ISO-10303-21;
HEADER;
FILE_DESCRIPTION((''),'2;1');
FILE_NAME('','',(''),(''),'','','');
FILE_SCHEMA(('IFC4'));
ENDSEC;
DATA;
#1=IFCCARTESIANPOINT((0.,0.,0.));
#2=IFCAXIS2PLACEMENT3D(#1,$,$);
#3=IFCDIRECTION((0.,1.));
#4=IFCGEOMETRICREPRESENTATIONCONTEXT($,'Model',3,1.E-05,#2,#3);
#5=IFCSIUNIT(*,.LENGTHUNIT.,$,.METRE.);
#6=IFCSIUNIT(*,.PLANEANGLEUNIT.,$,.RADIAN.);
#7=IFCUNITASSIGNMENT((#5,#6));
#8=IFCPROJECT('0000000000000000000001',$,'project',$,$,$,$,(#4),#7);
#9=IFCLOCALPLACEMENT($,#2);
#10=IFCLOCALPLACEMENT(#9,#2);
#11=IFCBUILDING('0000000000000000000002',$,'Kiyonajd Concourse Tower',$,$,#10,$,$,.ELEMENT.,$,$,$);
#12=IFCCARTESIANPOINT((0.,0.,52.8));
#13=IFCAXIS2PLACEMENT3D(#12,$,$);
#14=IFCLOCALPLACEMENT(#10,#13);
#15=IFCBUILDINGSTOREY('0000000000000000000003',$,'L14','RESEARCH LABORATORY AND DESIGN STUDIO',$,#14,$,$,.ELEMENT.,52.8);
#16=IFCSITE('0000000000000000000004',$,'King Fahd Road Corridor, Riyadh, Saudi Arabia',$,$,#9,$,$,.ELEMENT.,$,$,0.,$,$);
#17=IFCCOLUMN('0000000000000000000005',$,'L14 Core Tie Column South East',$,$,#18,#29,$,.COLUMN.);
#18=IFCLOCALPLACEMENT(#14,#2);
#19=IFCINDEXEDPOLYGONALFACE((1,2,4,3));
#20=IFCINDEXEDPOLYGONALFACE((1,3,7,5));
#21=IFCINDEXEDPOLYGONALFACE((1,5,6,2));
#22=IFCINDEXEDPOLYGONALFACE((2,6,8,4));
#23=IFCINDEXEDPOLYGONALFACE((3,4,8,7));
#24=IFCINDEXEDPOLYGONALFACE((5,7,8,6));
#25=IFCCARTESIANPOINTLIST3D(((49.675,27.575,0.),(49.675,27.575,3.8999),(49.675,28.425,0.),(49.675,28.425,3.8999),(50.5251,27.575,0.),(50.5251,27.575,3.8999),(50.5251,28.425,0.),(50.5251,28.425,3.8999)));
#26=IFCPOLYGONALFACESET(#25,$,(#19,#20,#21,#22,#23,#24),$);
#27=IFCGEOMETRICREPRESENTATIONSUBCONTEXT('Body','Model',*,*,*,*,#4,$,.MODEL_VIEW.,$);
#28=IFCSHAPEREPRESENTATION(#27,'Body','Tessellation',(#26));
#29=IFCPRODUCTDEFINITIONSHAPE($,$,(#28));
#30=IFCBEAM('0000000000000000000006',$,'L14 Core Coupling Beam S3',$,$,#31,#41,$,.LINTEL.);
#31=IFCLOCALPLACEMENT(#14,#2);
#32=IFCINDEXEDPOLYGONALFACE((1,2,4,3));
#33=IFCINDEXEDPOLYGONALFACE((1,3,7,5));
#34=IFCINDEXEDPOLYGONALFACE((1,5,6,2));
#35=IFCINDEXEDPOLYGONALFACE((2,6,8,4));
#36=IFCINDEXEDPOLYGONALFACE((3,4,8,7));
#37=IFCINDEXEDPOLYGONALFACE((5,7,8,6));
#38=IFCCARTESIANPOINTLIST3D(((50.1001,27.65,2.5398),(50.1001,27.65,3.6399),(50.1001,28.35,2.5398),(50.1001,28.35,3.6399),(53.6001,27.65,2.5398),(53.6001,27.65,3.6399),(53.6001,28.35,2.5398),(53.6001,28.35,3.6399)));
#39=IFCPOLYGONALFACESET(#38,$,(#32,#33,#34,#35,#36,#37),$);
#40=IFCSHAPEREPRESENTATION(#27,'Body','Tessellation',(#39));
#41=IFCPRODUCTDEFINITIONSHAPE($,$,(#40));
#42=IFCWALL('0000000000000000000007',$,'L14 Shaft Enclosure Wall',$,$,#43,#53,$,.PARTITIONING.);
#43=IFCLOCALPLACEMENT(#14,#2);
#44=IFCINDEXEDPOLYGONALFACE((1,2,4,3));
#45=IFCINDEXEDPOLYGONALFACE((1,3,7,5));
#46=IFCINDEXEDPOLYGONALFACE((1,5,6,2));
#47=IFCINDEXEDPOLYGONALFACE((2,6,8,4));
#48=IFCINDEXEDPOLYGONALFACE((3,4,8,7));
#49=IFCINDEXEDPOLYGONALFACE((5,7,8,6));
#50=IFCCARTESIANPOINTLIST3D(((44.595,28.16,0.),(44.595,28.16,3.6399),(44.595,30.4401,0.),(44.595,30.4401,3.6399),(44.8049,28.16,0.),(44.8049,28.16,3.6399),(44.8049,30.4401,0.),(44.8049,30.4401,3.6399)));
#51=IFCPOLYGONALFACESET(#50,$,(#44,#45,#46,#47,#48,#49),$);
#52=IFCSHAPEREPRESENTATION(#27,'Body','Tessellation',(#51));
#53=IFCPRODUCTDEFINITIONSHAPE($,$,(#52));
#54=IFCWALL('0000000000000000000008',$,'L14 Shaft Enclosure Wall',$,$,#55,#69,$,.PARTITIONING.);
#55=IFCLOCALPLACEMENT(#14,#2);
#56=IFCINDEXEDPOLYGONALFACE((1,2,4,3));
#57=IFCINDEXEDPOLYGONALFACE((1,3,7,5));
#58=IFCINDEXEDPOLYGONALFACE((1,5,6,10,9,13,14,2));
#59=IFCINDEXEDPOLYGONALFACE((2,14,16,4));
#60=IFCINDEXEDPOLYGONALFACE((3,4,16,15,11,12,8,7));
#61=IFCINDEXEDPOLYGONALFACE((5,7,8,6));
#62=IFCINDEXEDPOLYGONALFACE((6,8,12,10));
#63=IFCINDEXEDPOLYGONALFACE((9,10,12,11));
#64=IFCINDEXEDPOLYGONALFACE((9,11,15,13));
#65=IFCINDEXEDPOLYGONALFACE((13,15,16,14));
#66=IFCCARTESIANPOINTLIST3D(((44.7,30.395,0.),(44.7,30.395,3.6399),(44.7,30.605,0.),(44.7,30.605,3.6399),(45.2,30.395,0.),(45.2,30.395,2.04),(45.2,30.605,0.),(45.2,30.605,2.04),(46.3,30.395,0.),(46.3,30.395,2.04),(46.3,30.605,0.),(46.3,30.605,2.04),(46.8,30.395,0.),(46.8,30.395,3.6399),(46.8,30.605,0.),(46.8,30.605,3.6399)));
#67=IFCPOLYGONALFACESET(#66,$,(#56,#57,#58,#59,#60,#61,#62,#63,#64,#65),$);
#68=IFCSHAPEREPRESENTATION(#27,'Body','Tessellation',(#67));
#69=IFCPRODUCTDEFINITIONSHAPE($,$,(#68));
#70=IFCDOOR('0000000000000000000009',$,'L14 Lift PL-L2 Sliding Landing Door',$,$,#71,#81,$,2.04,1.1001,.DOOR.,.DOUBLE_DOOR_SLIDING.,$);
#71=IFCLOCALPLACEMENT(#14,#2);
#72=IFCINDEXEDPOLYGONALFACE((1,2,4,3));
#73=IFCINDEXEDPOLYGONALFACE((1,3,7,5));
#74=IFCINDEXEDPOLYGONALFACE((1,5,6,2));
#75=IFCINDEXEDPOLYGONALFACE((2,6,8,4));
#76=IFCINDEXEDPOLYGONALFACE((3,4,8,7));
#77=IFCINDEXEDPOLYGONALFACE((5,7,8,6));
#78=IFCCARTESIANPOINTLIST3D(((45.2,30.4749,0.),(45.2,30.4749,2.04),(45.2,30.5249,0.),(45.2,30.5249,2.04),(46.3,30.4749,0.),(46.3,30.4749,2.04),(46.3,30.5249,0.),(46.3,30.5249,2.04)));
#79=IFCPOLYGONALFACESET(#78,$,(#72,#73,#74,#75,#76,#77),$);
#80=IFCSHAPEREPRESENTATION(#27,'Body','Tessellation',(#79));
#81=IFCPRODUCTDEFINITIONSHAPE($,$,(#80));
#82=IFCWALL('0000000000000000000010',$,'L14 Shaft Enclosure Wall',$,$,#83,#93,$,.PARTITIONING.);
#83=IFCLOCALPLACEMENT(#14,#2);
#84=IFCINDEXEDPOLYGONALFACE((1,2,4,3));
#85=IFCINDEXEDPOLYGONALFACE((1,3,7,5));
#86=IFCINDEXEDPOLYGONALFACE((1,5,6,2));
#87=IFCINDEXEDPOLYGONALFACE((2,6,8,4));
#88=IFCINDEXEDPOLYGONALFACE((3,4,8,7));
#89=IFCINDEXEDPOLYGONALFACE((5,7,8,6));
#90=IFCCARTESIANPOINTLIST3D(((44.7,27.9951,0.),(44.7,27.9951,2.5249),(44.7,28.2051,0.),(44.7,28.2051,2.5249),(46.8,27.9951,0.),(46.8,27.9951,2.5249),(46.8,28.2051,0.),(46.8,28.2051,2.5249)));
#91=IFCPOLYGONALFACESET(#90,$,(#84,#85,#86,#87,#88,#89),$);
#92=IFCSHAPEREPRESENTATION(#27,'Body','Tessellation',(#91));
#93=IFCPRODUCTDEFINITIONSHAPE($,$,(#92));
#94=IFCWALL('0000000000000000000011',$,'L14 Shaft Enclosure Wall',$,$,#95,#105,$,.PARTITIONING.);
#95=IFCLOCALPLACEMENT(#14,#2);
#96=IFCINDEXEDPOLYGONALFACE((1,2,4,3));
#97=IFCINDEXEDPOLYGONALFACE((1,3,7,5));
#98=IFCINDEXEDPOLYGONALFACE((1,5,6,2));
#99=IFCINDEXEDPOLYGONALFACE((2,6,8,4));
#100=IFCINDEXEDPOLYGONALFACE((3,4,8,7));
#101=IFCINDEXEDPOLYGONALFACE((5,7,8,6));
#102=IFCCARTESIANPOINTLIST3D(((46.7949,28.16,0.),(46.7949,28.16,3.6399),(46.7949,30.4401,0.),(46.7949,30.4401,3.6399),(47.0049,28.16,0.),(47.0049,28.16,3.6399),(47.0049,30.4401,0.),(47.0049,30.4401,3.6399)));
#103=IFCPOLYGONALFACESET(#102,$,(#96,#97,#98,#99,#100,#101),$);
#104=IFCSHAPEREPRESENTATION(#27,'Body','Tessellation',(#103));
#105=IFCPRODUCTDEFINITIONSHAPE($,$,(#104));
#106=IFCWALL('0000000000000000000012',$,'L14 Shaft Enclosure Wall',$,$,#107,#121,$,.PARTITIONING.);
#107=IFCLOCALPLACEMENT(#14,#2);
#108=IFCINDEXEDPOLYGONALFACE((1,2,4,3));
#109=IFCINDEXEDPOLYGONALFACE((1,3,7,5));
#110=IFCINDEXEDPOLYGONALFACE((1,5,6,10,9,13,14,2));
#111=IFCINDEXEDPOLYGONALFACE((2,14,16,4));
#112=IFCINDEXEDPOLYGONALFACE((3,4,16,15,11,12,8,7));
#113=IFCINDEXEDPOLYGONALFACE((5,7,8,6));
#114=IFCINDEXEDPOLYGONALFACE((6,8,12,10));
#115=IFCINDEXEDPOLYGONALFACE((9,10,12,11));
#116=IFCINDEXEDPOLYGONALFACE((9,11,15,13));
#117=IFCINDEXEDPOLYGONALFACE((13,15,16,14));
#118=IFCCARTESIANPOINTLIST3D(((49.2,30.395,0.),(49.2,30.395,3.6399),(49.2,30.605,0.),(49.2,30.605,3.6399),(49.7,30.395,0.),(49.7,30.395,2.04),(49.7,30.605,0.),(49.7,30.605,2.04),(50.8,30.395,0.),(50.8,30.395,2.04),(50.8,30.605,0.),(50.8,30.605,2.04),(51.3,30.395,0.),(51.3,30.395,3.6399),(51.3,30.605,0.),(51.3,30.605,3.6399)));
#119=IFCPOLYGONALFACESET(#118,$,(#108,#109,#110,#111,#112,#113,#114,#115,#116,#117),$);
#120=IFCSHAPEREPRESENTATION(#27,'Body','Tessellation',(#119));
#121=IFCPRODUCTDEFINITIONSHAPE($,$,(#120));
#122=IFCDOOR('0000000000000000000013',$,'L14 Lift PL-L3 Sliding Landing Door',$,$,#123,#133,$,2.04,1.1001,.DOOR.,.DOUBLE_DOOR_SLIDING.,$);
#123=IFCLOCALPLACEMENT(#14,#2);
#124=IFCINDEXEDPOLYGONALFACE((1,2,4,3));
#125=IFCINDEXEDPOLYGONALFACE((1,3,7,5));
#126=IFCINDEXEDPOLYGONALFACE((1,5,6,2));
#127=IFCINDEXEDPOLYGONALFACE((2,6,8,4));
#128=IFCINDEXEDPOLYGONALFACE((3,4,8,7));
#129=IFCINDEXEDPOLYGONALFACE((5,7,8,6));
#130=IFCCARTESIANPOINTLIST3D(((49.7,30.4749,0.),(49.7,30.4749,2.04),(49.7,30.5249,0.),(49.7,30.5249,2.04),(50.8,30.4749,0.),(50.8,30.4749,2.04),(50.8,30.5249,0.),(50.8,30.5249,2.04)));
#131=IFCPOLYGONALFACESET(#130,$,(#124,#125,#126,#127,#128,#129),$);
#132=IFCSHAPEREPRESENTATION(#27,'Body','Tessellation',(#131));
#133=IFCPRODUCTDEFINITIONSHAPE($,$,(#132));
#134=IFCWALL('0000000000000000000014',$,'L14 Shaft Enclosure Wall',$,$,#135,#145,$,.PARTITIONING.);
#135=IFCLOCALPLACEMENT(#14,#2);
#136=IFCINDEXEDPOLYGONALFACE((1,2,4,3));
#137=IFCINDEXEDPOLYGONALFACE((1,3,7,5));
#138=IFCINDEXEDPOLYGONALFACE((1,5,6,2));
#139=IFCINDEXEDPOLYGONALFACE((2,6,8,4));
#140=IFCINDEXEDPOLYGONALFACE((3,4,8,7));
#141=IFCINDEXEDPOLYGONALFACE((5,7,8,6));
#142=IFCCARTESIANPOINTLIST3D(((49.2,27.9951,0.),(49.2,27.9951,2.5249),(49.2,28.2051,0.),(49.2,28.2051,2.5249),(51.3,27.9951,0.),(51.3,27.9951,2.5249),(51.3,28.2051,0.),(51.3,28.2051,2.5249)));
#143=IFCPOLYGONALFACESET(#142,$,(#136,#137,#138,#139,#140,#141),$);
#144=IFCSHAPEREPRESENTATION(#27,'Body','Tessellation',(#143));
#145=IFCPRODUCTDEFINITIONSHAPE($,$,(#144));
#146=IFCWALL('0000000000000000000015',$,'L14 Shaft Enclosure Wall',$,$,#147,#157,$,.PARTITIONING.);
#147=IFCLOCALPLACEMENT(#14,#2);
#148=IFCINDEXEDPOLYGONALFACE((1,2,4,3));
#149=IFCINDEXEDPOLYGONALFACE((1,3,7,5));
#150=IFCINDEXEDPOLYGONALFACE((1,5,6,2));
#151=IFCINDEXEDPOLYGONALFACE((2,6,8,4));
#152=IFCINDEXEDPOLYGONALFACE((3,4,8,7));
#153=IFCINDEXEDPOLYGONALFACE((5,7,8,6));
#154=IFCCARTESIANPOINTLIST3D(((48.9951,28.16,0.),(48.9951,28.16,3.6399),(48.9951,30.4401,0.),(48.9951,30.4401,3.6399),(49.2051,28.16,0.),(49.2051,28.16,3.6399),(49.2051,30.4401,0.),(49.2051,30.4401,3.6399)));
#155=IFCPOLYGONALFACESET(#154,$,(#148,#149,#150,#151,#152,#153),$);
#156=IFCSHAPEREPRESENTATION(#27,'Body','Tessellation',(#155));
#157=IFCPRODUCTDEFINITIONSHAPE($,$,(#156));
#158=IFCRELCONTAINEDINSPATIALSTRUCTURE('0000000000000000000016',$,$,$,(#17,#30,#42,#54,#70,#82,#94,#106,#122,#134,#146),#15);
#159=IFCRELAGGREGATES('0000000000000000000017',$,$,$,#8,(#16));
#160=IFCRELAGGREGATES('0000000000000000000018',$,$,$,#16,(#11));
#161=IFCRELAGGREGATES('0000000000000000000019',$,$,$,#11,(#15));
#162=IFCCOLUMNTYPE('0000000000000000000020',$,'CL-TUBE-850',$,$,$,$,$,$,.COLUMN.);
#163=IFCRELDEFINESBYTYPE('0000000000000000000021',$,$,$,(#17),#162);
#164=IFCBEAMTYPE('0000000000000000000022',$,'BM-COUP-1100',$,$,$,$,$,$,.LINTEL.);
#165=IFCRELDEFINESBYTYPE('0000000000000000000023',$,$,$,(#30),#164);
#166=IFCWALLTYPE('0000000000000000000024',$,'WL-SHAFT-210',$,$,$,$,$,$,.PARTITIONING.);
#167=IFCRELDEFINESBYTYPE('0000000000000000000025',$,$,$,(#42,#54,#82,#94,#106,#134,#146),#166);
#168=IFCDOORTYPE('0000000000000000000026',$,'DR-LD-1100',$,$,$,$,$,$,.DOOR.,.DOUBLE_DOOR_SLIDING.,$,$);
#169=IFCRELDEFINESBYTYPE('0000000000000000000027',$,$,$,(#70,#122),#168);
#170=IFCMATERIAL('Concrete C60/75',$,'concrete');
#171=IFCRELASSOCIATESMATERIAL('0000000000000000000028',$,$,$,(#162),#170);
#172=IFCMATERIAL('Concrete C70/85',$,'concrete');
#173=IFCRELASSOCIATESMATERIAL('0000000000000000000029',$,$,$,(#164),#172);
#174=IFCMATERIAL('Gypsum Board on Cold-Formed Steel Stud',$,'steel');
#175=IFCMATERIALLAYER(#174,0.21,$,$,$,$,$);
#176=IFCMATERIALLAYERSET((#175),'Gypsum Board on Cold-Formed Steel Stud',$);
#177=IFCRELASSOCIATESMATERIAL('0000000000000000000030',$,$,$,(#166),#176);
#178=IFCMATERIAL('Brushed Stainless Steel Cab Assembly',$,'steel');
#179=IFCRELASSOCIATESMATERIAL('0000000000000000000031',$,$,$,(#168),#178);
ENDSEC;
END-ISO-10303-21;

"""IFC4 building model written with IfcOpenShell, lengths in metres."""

from ifc_helpers import new_model, si_unit, direction, frame, frame_2d, origin, origin_2d, place, context, subcontext, project, spatial, rectangle, extrude, material, layer, layer_set, material_profile, profile_set, type_object, element, fill, save


model = new_model("IFC4")

# Units and contexts
model_context = context("Model", 3, precision=1e-05, world=origin(), true_north=direction((0.0, 1.0)))
body_context = subcontext(model_context, "Body", "Model", "MODEL_VIEW")
ifc_project = project(units=[si_unit("LENGTHUNIT", "METRE"), si_unit("PLANEANGLEUNIT", "RADIAN")], contexts=[model_context])

# Site, building, storey
site_placement = place(None, origin())
site = spatial("IfcSite", under=ifc_project, at=site_placement, Name="King Fahd Road Corridor, Riyadh, Saudi Arabia", CompositionType="ELEMENT", RefElevation=0.0)
building_placement = place(site_placement, origin())
building = spatial("IfcBuilding", under=site, at=building_placement, Name="Kiyonajd Concourse Tower", CompositionType="ELEMENT")
storey_placement = place(building_placement, frame((0.0, 0.0, 52.8)))
storey = spatial("IfcBuildingStorey", under=building, at=storey_placement, Name="L14", Description="RESEARCH LABORATORY AND DESIGN STUDIO", CompositionType="ELEMENT", Elevation=52.8)

# Column
ifc_material_1 = material(Name="Concrete C60/75", Category="concrete")
ifc_material_profile_1 = material_profile(ifc_material_1, rectangle(XDim=0.8501, YDim=0.8501, at=origin_2d()), Name="RC-850x850")
ifc_profile_set_1 = profile_set([ifc_material_profile_1], Name="Concrete C60/75")
column_type = type_object("IfcColumnType", Name="CL-TUBE-850", PredefinedType="COLUMN", material=ifc_profile_set_1)
column_placement = place(storey_placement, frame((50.1001, 28.0, 0.0), z_axis=(0.0, 0.0, 1.0), x_axis=(1.0, 0.0, 0.0)))
element("IfcColumn", 1, at=column_placement, inside=storey, type_object=column_type, Name="L14 Core Tie Column South East", PredefinedType="COLUMN", context=body_context, shape_type="SweptSolid", body=[
    extrude(rectangle(XDim=0.8501, YDim=0.8501, at=origin_2d()), origin(), (0.0, 0.0, 1.0), 3.8999),
])

# Beam
ifc_material_2 = material(Name="Concrete C70/85", Category="concrete")
ifc_material_profile_2 = material_profile(ifc_material_2, rectangle(XDim=0.7, YDim=1.1001, at=origin_2d()), Name="RCBM-700x1100")
ifc_profile_set_2 = profile_set([ifc_material_profile_2], Name="Concrete C70/85")
beam_type = type_object("IfcBeamType", Name="BM-COUP-1100", PredefinedType="LINTEL", material=ifc_profile_set_2)
beam_placement = place(storey_placement, frame((50.1001, 28.0, 3.0898), z_axis=(1.0, 0.0, 0.0), x_axis=(0.0, 1.0, 0.0)))
element("IfcBeam", 2, at=beam_placement, inside=storey, type_object=beam_type, Name="L14 Core Coupling Beam S3", PredefinedType="LINTEL", context=body_context, shape_type="SweptSolid", body=[
    extrude(rectangle(XDim=0.7, YDim=1.1001, at=origin_2d()), origin(), (0.0, 0.0, 1.0), 3.5),
])

# Wall
ifc_material_3 = material(Name="Gypsum Board on Cold-Formed Steel Stud", Category="steel")
ifc_layer_1 = layer(ifc_material_3, 0.21)
ifc_layer_set_1 = layer_set([ifc_layer_1], Name="Gypsum Board on Cold-Formed Steel Stud")
wall_type_1 = type_object("IfcWallType", Name="WL-SHAFT-210", PredefinedType="PARTITIONING", material=ifc_layer_set_1)
wall_1_placement = place(storey_placement, frame((44.7, 28.1599, 0.0), z_axis=(0.0, 0.0, 1.0), x_axis=(0.0, 1.0, 0.0)))
element("IfcWall", 3, at=wall_1_placement, inside=storey, type_object=wall_type_1, Name="L14 Shaft Enclosure Wall", PredefinedType="PARTITIONING", context=body_context, shape_type="SweptSolid", body=[
    extrude(rectangle(XDim=2.28, YDim=0.21, at=frame_2d((1.1401, 0.0))), origin(), (0.0, 0.0, 1.0), 3.6399),
])

# Wall, opening, door
wall_2_placement = place(storey_placement, frame((44.7, 30.5, 0.0), z_axis=(0.0, 0.0, 1.0), x_axis=(1.0, 0.0, 0.0)))
wall_2 = element("IfcWall", 4, at=wall_2_placement, inside=storey, type_object=wall_type_1, Name="L14 Shaft Enclosure Wall", PredefinedType="PARTITIONING", context=body_context, shape_type="SweptSolid", body=[
    extrude(rectangle(XDim=2.1001, YDim=0.21, at=frame_2d((1.05, 0.0))), origin(), (0.0, 0.0, 1.0), 3.6399),
])
opening_1_placement = place(wall_2_placement, frame((0.5, 0.0, 0.0)))
opening_1 = element("IfcOpeningElement", 5, at=opening_1_placement, cuts=wall_2, PredefinedType="OPENING", context=body_context, shape_type="SweptSolid", body=[
    extrude(rectangle(XDim=1.1001, YDim=2.04, at=frame_2d((0.55, 1.02))), frame((0.0, 0.115, 0.0), z_axis=(0.0, -1.0, 0.0), x_axis=(1.0, 0.0, 0.0)), (0.0, 0.0, 1.0), 0.23),
])
ifc_material_4 = material(Name="Brushed Stainless Steel Cab Assembly", Category="steel")
door_type_1 = type_object("IfcDoorType", Name="DR-LD-1100", OperationType="DOUBLE_DOOR_SLIDING", PredefinedType="DOOR", material=ifc_material_4)
door_1_placement = place(opening_1_placement, origin())
door_1 = element("IfcDoor", 6, at=door_1_placement, inside=storey, type_object=door_type_1, Name="L14 Lift PL-L2 Sliding Landing Door", OperationType="DOUBLE_DOOR_SLIDING", OverallHeight=2.04, OverallWidth=1.1001, PredefinedType="DOOR", context=body_context, shape_type="SweptSolid", body=[
    extrude(rectangle(XDim=1.1001, YDim=2.04, at=frame_2d((0.55, 1.02))), frame((0.0, 0.0249, 0.0), z_axis=(0.0, -1.0, 0.0), x_axis=(1.0, 0.0, 0.0)), (0.0, 0.0, 1.0), 0.05),
])
fill(opening_1, door_1)

# Walls
wall_3_placement = place(storey_placement, frame((44.7, 28.1001, 0.0), z_axis=(0.0, 0.0, 1.0), x_axis=(1.0, 0.0, 0.0)))
element("IfcWall", 7, at=wall_3_placement, inside=storey, type_object=wall_type_1, Name="L14 Shaft Enclosure Wall", PredefinedType="PARTITIONING", context=body_context, shape_type="SweptSolid", body=[
    extrude(rectangle(XDim=2.1001, YDim=0.21, at=frame_2d((1.05, 0.0))), origin(), (0.0, 0.0, 1.0), 2.5249),
])
wall_4_placement = place(storey_placement, frame((46.8999, 28.1599, 0.0), z_axis=(0.0, 0.0, 1.0), x_axis=(0.0, 1.0, 0.0)))
element("IfcWall", 8, at=wall_4_placement, inside=storey, type_object=wall_type_1, Name="L14 Shaft Enclosure Wall", PredefinedType="PARTITIONING", context=body_context, shape_type="SweptSolid", body=[
    extrude(rectangle(XDim=2.28, YDim=0.21, at=frame_2d((1.1401, 0.0))), origin(), (0.0, 0.0, 1.0), 3.6399),
])

# Wall, opening, door
wall_5_placement = place(storey_placement, frame((49.2, 30.5, 0.0), z_axis=(0.0, 0.0, 1.0), x_axis=(1.0, 0.0, 0.0)))
wall_5 = element("IfcWall", 9, at=wall_5_placement, inside=storey, type_object=wall_type_1, Name="L14 Shaft Enclosure Wall", PredefinedType="PARTITIONING", context=body_context, shape_type="SweptSolid", body=[
    extrude(rectangle(XDim=2.1001, YDim=0.21, at=frame_2d((1.05, 0.0))), origin(), (0.0, 0.0, 1.0), 3.6399),
])
opening_2_placement = place(wall_5_placement, frame((0.5, 0.0, 0.0)))
opening_2 = element("IfcOpeningElement", 10, at=opening_2_placement, cuts=wall_5, PredefinedType="OPENING", context=body_context, shape_type="SweptSolid", body=[
    extrude(rectangle(XDim=1.1001, YDim=2.04, at=frame_2d((0.55, 1.02))), frame((0.0, 0.115, 0.0), z_axis=(0.0, -1.0, 0.0), x_axis=(1.0, 0.0, 0.0)), (0.0, 0.0, 1.0), 0.23),
])
door_2_placement = place(opening_2_placement, origin())
door_2 = element("IfcDoor", 11, at=door_2_placement, inside=storey, type_object=door_type_1, Name="L14 Lift PL-L3 Sliding Landing Door", OperationType="DOUBLE_DOOR_SLIDING", OverallHeight=2.04, OverallWidth=1.1001, PredefinedType="DOOR", context=body_context, shape_type="SweptSolid", body=[
    extrude(rectangle(XDim=1.1001, YDim=2.04, at=frame_2d((0.55, 1.02))), frame((0.0, 0.0249, 0.0), z_axis=(0.0, -1.0, 0.0), x_axis=(1.0, 0.0, 0.0)), (0.0, 0.0, 1.0), 0.05),
])
fill(opening_2, door_2)

# Walls
wall_6_placement = place(storey_placement, frame((49.2, 28.1001, 0.0), z_axis=(0.0, 0.0, 1.0), x_axis=(1.0, 0.0, 0.0)))
element("IfcWall", 12, at=wall_6_placement, inside=storey, type_object=wall_type_1, Name="L14 Shaft Enclosure Wall", PredefinedType="PARTITIONING", context=body_context, shape_type="SweptSolid", body=[
    extrude(rectangle(XDim=2.1001, YDim=0.21, at=frame_2d((1.05, 0.0))), origin(), (0.0, 0.0, 1.0), 2.5249),
])
wall_7_placement = place(storey_placement, frame((49.1001, 28.1599, 0.0), z_axis=(0.0, 0.0, 1.0), x_axis=(0.0, 1.0, 0.0)))
element("IfcWall", 13, at=wall_7_placement, inside=storey, type_object=wall_type_1, Name="L14 Shaft Enclosure Wall", PredefinedType="PARTITIONING", context=body_context, shape_type="SweptSolid", body=[
    extrude(rectangle(XDim=2.28, YDim=0.21, at=frame_2d((1.1401, 0.0))), origin(), (0.0, 0.0, 1.0), 3.6399),
])

save(model, "model.ifc")
